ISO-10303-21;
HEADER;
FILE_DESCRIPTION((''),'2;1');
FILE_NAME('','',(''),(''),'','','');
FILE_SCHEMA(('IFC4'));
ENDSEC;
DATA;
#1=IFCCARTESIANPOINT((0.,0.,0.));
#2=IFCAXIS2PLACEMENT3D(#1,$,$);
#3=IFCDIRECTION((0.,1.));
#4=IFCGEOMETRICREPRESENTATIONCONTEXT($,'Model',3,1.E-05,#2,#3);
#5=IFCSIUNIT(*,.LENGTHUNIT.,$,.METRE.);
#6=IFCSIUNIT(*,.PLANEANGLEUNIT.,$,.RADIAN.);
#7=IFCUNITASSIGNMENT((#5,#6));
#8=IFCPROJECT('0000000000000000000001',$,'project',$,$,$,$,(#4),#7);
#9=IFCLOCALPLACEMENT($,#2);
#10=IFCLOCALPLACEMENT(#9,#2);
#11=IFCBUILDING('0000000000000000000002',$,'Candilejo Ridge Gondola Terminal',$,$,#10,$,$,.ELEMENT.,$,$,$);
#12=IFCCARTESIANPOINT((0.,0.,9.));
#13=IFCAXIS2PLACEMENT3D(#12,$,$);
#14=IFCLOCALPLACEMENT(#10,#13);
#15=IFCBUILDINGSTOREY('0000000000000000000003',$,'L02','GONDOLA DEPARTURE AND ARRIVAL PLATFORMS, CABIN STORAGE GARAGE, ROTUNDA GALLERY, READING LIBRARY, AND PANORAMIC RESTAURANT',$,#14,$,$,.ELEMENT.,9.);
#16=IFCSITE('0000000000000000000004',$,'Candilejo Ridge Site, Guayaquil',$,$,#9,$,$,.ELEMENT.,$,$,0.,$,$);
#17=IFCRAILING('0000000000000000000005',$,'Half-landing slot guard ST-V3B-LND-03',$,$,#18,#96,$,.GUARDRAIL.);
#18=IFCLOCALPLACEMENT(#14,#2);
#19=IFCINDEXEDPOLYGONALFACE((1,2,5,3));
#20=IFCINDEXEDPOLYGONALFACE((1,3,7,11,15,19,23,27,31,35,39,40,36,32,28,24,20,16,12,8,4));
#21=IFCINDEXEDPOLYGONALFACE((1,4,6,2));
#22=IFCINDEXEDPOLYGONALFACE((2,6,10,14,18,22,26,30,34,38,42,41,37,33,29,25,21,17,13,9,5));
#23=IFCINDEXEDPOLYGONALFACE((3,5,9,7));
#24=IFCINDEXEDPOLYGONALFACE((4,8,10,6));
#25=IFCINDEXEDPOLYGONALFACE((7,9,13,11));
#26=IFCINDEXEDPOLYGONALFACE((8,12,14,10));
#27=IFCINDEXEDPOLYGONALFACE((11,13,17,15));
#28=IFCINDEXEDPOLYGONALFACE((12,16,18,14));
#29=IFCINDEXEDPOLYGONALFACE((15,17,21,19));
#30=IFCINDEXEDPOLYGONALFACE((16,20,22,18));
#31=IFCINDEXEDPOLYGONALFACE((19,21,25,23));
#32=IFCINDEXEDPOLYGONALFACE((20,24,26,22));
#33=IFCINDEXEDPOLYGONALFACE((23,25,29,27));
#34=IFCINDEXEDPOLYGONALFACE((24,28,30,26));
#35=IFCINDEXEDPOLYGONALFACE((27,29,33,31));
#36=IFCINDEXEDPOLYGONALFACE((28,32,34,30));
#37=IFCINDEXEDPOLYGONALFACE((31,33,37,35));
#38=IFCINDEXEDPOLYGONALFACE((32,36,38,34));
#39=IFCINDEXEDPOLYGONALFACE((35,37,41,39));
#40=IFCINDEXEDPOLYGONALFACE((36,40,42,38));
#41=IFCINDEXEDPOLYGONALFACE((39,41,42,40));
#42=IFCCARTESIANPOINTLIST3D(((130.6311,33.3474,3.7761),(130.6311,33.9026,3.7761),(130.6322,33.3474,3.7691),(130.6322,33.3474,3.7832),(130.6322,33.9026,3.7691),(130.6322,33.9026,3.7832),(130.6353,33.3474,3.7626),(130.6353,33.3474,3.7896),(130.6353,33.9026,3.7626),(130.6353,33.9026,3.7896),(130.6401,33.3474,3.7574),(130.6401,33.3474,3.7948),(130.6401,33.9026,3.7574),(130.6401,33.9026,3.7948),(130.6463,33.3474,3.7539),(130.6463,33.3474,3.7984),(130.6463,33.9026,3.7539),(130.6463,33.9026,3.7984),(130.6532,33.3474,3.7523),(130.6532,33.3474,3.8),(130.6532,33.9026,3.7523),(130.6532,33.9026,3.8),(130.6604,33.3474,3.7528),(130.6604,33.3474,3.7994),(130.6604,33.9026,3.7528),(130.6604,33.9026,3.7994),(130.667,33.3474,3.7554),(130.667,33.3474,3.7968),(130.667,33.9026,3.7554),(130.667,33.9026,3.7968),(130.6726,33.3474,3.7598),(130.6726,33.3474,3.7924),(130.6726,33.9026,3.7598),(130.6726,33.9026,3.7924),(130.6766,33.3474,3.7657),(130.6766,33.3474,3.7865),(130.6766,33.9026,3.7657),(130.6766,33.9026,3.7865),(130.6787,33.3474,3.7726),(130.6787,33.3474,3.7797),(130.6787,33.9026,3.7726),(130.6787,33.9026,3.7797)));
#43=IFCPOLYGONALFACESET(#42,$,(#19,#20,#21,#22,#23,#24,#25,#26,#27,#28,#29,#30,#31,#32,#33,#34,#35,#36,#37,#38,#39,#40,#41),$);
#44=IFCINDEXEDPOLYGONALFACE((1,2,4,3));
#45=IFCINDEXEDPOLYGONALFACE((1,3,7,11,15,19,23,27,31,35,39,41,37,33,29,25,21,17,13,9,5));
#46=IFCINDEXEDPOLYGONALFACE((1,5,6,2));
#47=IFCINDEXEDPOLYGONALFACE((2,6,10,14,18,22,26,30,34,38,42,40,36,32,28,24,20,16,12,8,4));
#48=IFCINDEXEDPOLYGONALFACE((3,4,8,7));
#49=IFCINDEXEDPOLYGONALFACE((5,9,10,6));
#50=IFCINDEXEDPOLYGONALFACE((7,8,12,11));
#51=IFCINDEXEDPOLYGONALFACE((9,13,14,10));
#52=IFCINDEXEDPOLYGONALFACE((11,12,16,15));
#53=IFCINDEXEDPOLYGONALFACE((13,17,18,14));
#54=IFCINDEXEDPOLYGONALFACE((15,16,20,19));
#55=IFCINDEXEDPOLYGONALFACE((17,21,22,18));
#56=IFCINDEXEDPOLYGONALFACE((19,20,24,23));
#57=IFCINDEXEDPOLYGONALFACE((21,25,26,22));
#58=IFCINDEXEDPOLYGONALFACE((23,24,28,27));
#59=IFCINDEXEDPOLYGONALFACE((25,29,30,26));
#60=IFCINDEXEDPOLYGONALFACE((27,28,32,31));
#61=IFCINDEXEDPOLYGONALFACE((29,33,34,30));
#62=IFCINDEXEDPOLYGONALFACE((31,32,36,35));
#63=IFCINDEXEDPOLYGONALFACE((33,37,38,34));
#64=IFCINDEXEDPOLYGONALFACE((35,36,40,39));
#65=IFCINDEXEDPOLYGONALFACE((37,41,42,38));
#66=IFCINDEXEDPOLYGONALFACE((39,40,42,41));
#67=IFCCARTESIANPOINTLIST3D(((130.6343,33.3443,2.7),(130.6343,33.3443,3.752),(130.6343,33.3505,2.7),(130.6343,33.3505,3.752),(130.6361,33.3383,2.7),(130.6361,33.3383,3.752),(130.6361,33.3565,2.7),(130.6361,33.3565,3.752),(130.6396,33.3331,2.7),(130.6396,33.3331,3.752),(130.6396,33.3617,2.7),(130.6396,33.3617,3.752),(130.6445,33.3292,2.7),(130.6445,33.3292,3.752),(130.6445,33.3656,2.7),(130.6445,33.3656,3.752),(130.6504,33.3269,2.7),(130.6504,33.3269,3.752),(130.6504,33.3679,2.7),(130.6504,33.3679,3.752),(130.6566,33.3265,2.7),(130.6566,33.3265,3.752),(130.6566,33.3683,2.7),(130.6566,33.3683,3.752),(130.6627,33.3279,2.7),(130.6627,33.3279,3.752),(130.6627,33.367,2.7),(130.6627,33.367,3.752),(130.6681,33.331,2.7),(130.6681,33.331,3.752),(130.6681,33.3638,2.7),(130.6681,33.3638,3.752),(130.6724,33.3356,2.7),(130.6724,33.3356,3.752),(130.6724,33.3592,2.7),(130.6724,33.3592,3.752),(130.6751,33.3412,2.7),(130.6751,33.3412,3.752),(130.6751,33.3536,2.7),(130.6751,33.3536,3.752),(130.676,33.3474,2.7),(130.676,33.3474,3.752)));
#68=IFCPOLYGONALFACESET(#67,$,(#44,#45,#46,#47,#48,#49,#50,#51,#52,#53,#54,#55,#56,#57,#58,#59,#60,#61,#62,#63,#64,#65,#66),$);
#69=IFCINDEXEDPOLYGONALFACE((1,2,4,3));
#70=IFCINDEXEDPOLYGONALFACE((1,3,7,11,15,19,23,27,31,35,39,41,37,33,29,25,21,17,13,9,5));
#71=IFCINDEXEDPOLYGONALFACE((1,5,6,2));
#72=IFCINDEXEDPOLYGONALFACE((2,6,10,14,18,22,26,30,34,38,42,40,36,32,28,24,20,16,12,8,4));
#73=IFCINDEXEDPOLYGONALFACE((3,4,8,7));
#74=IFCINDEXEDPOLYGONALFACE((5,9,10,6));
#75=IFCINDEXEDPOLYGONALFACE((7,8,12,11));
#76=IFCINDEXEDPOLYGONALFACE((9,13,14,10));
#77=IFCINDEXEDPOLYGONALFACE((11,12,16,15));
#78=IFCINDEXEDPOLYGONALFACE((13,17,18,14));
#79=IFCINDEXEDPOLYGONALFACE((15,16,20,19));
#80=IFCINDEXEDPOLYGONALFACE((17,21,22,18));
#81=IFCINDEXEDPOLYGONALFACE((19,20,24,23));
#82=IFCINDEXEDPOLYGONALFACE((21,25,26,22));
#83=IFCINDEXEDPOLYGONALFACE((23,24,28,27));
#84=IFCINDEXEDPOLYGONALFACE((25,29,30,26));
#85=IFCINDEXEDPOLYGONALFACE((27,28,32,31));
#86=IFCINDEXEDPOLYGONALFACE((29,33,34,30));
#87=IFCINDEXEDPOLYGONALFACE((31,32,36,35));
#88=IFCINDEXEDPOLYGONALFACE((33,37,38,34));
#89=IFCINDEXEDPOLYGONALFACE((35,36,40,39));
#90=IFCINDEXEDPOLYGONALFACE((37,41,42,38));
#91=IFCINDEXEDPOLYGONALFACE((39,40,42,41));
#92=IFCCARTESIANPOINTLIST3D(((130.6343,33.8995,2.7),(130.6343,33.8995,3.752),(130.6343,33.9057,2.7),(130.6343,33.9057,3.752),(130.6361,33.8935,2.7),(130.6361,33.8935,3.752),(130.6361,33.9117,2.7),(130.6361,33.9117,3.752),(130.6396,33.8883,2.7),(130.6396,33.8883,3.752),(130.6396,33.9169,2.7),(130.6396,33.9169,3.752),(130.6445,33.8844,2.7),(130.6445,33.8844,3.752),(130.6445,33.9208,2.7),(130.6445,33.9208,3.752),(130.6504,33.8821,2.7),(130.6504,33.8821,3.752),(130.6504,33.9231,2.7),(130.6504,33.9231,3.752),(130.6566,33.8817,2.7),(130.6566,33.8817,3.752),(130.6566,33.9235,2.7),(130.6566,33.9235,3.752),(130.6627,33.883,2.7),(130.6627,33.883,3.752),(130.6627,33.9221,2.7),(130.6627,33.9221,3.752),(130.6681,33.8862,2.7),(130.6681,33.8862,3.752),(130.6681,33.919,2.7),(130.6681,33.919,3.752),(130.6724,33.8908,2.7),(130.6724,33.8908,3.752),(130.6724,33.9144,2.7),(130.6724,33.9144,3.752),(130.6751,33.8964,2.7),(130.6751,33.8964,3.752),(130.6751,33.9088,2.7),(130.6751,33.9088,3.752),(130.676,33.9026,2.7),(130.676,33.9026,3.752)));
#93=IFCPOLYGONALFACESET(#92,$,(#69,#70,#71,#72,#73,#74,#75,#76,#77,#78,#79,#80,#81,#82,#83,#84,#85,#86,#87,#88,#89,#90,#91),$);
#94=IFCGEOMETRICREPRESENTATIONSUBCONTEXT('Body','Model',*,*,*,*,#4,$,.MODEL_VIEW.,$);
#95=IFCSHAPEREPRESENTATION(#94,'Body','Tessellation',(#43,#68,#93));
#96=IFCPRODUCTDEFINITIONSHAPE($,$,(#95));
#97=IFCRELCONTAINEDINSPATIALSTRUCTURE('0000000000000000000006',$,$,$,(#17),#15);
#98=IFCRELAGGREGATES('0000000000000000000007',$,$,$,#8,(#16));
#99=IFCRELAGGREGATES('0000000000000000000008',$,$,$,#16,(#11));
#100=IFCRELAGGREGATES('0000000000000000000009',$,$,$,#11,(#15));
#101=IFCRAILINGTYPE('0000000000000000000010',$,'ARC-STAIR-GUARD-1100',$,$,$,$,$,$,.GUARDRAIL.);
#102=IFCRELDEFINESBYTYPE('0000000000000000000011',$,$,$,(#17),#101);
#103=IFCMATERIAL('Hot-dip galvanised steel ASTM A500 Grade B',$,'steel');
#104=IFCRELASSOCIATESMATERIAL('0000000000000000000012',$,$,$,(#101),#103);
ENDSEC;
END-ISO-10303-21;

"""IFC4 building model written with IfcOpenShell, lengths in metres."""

from ifc_helpers import new_model, si_unit, direction, frame, origin, origin_2d, place, context, subcontext, project, spatial, circle, extrude, material, type_object, element, save


model = new_model("IFC4")

# Units and contexts
model_context = context("Model", 3, precision=1e-05, world=origin(), true_north=direction((0.0, 1.0)))
body_context = subcontext(model_context, "Body", "Model", "MODEL_VIEW")
ifc_project = project(units=[si_unit("LENGTHUNIT", "METRE"), si_unit("PLANEANGLEUNIT", "RADIAN")], contexts=[model_context])

# Site, building, storey
site_placement = place(None, origin())
site = spatial("IfcSite", under=ifc_project, at=site_placement, Name="Candilejo Ridge Site, Guayaquil", CompositionType="ELEMENT", RefElevation=0.0)
building_placement = place(site_placement, origin())
building = spatial("IfcBuilding", under=site, at=building_placement, Name="Candilejo Ridge Gondola Terminal", CompositionType="ELEMENT")
storey_placement = place(building_placement, frame((0.0, 0.0, 9.0)))
storey = spatial("IfcBuildingStorey", under=building, at=storey_placement, Name="L02", Description="GONDOLA DEPARTURE AND ARRIVAL PLATFORMS, CABIN STORAGE GARAGE, ROTUNDA GALLERY, READING LIBRARY, AND PANORAMIC RESTAURANT", CompositionType="ELEMENT", Elevation=9.0)

# Railing
ifc_material_1 = material(Name="Hot-dip galvanised steel ASTM A500 Grade B", Category="steel")
railing_type_1 = type_object("IfcRailingType", Name="ARC-STAIR-GUARD-1100", PredefinedType="GUARDRAIL", material=ifc_material_1)
for number, where, name in (
    (1, (130.655, 33.3474, 2.7), "Half-landing slot guard ST-V3B-LND-03"),
):
    element("IfcRailing", number, at=place(storey_placement, frame(where)), inside=storey, type_object=railing_type_1, Name=name, PredefinedType="GUARDRAIL", context=body_context, shape_type="SweptSolid", body=[
        extrude(circle(Radius=0.0239, at=origin_2d()), frame((0.0, 0.0, 1.0762), z_axis=(0.0, 1.0, 0.0), x_axis=(-1.0, 0.0, 0.0)), (0.0, 0.0, 1.0), 0.5552),
        extrude(circle(Radius=0.021, at=origin_2d()), origin(), (0.0, 0.0, 1.0), 1.052),
        extrude(circle(Radius=0.021, at=origin_2d()), frame((0.0, 0.5552, 0.0)), (0.0, 0.0, 1.0), 1.052),
    ])

save(model, "model.ifc")
